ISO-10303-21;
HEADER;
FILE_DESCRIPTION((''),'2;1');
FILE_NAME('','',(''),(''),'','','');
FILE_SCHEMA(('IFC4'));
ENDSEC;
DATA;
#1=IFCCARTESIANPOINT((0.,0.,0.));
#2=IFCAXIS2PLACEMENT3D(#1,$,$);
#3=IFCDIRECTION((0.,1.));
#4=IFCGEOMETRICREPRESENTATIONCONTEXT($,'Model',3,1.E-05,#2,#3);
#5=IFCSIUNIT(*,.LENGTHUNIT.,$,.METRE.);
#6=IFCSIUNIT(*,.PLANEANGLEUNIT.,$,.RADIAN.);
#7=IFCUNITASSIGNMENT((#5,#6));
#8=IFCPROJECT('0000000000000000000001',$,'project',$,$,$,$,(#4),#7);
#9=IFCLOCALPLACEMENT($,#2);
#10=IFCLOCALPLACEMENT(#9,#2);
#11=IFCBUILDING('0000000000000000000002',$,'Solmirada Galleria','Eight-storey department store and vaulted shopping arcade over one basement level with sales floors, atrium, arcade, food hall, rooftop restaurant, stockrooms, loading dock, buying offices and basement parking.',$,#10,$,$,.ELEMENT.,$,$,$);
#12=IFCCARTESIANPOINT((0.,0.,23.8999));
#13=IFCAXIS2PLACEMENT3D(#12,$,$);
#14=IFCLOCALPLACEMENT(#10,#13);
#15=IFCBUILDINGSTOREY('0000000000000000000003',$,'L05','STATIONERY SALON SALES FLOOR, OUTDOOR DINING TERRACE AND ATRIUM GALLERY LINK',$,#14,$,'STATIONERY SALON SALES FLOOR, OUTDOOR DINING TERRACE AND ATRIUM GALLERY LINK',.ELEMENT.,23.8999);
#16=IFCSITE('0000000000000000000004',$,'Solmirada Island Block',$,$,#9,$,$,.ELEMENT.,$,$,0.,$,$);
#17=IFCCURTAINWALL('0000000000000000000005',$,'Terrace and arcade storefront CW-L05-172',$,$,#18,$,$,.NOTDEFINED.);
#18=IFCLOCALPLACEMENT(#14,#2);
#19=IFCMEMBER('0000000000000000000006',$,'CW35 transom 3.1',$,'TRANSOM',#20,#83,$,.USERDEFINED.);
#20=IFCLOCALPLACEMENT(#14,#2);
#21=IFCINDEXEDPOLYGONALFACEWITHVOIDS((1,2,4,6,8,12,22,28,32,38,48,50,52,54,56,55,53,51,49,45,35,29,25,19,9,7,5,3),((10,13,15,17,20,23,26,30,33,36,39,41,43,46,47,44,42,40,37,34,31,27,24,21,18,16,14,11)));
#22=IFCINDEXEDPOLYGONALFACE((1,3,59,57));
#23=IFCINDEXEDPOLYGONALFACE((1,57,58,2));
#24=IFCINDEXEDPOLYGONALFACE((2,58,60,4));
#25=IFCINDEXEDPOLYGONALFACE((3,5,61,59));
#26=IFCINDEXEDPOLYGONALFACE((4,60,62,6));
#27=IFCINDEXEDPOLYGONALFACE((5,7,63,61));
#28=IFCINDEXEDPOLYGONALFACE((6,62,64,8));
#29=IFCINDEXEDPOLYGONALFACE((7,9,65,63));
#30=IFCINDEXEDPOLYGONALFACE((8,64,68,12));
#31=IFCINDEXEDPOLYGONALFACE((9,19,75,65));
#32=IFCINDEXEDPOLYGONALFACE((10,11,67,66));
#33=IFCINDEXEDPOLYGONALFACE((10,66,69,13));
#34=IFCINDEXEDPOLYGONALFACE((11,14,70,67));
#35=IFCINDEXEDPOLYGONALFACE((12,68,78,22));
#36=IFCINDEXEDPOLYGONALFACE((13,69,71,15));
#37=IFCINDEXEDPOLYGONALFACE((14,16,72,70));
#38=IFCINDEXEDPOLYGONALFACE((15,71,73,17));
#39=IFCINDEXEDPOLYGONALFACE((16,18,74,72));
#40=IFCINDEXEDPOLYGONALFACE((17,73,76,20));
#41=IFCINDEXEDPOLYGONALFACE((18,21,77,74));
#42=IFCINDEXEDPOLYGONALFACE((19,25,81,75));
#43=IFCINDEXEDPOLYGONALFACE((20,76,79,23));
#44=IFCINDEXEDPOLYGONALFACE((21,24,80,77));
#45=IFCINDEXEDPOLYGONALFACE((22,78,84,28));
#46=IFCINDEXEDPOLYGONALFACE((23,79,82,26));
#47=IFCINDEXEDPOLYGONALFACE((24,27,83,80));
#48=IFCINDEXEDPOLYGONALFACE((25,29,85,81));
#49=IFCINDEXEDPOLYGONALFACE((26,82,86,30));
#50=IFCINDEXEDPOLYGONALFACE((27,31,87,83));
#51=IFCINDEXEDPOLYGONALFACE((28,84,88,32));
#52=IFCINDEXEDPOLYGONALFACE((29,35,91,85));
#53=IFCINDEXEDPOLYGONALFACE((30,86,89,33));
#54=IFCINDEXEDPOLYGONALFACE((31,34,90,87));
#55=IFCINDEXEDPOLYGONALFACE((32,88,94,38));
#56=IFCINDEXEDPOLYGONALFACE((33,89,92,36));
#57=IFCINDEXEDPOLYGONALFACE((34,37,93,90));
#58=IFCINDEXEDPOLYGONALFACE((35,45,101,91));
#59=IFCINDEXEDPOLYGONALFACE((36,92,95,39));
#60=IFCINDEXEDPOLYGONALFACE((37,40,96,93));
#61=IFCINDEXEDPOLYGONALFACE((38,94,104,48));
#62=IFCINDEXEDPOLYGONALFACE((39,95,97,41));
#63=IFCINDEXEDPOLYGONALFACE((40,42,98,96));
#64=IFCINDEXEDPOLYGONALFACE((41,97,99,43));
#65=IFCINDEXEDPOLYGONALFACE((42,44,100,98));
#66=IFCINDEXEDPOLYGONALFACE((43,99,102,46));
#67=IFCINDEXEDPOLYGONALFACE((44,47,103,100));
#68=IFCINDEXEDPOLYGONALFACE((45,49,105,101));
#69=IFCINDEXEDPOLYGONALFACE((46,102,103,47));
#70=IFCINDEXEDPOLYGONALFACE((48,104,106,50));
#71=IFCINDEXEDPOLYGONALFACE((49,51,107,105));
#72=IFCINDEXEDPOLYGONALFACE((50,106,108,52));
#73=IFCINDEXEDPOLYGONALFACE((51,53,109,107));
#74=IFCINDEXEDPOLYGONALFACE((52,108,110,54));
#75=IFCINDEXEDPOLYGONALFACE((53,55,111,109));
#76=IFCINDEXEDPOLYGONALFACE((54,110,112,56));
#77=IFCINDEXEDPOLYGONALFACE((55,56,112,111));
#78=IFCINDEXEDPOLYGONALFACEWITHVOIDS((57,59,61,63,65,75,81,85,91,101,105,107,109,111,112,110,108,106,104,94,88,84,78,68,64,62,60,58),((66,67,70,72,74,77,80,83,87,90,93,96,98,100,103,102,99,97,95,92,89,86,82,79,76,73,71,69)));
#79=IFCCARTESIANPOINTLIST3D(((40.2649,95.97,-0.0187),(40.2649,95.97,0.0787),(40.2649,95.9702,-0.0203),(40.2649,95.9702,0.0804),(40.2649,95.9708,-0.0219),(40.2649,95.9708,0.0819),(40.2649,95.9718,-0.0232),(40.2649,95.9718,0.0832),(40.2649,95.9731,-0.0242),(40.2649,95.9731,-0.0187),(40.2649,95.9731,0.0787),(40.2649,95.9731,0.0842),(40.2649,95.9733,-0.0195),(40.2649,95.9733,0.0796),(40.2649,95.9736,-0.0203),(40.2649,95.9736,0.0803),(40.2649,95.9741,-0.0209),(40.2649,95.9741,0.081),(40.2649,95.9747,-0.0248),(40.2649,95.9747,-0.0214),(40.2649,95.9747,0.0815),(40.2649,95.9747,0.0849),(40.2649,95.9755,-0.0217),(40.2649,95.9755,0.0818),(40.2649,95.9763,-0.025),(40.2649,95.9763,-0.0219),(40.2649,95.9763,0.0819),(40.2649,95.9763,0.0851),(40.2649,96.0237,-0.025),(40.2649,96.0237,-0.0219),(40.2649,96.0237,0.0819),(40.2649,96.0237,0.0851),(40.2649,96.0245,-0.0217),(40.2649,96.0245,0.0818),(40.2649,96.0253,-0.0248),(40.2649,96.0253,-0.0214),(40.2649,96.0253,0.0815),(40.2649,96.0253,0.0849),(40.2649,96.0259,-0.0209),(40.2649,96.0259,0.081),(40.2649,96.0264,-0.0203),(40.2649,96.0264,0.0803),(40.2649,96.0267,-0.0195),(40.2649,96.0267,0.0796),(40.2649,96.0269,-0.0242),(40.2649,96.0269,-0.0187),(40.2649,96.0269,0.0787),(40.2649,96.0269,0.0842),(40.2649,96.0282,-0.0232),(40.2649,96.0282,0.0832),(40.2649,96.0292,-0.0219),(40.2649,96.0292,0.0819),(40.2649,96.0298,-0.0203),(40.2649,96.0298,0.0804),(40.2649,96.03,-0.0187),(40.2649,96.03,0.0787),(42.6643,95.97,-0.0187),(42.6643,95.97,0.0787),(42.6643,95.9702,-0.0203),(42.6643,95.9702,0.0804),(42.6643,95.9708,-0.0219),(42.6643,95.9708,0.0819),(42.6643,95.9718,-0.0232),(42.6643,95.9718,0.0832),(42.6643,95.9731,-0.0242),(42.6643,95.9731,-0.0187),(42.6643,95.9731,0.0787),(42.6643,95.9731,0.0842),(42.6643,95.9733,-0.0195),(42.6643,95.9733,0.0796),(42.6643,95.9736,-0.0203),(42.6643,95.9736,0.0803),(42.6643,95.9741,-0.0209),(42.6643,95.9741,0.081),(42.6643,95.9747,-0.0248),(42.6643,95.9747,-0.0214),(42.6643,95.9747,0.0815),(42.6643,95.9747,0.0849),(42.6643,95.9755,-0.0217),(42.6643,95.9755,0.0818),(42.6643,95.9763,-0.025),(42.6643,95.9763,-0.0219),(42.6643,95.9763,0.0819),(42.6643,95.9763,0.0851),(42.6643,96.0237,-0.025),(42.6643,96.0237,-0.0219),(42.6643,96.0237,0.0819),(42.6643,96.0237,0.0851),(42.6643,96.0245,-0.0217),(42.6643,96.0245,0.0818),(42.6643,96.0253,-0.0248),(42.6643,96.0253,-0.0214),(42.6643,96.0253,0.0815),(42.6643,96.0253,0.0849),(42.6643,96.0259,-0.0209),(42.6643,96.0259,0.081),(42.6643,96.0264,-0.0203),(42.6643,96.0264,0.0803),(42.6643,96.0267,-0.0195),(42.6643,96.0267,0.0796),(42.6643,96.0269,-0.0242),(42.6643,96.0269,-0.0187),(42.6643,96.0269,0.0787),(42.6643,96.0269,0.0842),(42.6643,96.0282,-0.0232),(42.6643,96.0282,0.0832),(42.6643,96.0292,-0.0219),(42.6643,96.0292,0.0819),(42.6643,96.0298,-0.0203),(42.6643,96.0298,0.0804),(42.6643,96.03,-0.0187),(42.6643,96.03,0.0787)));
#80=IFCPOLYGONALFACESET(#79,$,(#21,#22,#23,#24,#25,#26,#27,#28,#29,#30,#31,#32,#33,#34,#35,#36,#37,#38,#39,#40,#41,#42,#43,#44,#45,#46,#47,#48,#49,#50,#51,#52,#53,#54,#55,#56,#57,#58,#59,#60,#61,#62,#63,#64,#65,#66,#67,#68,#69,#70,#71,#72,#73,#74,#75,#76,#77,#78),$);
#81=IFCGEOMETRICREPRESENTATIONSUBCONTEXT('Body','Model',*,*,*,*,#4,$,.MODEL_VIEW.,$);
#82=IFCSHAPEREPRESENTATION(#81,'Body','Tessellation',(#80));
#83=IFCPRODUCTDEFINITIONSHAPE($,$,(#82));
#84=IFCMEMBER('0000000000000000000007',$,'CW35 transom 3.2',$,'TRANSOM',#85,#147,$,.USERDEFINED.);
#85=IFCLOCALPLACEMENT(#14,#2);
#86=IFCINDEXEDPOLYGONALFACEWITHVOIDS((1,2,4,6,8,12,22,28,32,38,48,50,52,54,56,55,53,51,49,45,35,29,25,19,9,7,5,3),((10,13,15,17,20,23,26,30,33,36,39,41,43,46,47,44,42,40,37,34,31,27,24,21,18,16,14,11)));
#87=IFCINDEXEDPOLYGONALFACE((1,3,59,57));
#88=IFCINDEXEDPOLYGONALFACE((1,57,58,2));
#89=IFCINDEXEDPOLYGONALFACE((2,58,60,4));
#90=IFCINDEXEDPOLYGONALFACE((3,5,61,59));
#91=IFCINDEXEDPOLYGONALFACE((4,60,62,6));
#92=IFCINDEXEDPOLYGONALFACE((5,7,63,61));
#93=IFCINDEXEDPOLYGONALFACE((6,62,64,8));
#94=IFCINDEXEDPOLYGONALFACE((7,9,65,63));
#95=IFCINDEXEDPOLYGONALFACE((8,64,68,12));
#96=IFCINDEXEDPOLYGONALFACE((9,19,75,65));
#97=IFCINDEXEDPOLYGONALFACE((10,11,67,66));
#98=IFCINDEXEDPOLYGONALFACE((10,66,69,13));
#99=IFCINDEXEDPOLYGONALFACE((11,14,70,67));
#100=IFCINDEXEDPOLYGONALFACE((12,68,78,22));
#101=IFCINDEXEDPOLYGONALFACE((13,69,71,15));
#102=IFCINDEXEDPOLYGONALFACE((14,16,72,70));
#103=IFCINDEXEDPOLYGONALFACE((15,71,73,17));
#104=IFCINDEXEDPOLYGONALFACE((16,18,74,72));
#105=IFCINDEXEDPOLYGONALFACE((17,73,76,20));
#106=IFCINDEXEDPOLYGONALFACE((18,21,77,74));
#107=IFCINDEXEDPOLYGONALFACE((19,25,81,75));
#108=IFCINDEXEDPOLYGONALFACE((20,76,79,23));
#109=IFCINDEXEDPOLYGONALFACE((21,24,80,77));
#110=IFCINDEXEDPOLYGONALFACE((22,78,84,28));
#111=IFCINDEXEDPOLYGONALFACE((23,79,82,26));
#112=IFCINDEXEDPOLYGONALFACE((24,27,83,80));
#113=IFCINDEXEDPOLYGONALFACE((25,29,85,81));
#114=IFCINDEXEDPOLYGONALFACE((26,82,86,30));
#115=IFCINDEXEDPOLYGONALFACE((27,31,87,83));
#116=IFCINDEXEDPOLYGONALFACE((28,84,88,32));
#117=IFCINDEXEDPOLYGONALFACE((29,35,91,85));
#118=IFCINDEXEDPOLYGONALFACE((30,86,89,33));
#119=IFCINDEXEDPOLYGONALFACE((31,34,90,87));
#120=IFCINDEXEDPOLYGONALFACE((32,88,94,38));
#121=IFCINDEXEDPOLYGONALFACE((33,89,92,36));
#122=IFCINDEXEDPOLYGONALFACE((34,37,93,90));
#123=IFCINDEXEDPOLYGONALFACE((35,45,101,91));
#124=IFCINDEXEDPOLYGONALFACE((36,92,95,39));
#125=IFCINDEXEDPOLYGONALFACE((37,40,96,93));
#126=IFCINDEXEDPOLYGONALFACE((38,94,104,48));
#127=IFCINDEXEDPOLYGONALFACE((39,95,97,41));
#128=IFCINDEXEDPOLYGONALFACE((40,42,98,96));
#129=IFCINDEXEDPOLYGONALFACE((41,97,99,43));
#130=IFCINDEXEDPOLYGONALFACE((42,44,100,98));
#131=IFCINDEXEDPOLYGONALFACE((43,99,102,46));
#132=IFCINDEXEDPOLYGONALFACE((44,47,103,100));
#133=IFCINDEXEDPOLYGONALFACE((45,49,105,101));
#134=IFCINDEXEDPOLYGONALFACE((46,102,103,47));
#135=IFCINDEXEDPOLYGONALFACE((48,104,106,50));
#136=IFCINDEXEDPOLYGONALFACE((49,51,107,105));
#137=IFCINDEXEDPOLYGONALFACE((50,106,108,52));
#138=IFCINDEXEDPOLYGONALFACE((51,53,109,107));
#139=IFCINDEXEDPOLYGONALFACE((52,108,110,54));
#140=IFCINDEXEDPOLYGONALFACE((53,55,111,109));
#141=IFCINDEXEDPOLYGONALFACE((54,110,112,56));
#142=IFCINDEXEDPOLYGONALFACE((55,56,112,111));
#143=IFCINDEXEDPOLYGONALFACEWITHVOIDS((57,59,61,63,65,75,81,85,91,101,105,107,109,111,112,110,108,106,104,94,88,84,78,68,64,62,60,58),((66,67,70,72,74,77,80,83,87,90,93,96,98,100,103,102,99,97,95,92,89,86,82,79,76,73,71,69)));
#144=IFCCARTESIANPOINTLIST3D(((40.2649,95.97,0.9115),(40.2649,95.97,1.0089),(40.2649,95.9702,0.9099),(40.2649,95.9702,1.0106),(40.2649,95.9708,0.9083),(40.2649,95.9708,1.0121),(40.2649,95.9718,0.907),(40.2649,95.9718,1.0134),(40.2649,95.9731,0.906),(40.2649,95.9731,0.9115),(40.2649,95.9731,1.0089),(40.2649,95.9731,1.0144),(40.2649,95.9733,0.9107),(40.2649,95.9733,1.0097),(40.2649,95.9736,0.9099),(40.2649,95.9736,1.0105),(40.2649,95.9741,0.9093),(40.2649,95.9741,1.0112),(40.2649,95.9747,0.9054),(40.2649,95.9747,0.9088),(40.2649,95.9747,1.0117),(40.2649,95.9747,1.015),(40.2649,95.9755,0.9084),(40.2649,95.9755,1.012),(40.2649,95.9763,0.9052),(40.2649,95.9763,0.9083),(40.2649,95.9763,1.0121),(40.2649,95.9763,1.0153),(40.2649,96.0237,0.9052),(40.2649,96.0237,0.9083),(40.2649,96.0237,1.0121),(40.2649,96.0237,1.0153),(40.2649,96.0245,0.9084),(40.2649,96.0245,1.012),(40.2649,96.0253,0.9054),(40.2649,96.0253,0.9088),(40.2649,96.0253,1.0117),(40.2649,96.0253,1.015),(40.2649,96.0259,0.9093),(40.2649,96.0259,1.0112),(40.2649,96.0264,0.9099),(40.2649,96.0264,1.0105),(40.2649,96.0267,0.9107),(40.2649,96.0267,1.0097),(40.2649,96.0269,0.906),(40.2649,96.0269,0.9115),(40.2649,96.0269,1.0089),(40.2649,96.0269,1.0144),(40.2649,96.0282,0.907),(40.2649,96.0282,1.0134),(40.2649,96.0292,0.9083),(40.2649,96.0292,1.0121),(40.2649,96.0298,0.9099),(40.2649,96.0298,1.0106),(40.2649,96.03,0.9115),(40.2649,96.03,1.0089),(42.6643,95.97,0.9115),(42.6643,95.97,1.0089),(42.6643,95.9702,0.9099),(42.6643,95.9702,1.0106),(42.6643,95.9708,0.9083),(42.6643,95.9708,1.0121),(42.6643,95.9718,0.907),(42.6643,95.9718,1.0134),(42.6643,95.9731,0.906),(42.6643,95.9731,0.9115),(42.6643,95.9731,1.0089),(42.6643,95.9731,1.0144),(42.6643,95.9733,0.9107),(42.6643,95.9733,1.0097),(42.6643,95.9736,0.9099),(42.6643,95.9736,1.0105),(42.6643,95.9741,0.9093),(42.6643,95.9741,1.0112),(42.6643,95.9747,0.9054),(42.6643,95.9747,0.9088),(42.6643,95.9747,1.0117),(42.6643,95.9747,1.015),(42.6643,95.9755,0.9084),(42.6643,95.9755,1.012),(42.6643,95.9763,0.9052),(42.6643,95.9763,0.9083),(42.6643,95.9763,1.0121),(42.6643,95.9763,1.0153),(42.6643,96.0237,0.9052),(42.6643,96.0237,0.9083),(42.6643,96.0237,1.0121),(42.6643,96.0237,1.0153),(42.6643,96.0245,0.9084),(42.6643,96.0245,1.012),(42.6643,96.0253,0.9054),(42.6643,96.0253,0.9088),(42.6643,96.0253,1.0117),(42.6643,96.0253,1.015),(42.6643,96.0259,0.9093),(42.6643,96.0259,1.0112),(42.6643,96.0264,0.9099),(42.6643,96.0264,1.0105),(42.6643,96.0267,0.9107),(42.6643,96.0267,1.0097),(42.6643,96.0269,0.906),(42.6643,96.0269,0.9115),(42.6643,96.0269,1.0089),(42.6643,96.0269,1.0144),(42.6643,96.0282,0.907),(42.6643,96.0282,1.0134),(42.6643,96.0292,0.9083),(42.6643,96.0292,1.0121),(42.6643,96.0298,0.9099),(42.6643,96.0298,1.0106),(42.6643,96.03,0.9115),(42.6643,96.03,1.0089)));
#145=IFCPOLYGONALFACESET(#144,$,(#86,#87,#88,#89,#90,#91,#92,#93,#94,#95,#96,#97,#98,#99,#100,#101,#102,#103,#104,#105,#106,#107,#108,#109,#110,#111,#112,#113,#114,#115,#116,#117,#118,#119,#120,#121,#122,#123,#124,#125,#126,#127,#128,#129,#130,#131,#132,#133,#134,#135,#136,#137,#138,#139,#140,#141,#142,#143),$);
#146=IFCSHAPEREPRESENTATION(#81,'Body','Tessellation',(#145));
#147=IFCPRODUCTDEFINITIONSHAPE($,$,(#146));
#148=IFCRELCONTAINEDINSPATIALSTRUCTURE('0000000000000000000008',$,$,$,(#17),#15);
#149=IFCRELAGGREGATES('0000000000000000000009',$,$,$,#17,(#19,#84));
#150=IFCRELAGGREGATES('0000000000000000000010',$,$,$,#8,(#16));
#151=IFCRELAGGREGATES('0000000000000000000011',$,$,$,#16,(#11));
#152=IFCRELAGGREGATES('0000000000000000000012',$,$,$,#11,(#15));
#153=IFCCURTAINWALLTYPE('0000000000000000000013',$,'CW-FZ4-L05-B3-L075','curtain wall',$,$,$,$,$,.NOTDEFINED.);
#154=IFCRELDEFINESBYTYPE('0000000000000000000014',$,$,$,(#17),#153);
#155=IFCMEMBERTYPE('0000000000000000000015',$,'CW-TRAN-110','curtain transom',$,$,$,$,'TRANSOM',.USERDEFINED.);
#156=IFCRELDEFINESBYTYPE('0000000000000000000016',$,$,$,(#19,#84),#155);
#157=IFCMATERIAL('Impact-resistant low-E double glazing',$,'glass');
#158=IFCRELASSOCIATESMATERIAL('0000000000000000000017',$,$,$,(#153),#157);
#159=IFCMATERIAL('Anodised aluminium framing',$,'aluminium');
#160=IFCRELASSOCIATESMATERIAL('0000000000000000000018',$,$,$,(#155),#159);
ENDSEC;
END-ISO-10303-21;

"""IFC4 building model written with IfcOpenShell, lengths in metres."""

from ifc_helpers import new_model, si_unit, direction, frame, origin, origin_2d, place, context, subcontext, project, spatial, hollow_rectangle, extrude, material, material_profile, profile_set, type_object, element, aggregate, save


model = new_model("IFC4")

# Units and contexts
model_context = context("Model", 3, precision=1e-05, world=origin(), true_north=direction((0.0, 1.0)))
body_context = subcontext(model_context, "Body", "Model", "MODEL_VIEW")
ifc_project = project(units=[si_unit("LENGTHUNIT", "METRE"), si_unit("PLANEANGLEUNIT", "RADIAN")], contexts=[model_context])

# Site, building, storey
site_placement = place(None, origin())
site = spatial("IfcSite", under=ifc_project, at=site_placement, Name="Solmirada Island Block", CompositionType="ELEMENT", RefElevation=0.0)
building_placement = place(site_placement, origin())
building = spatial("IfcBuilding", under=site, at=building_placement, Name="Solmirada Galleria", Description="Eight-storey department store and vaulted shopping arcade over one basement level with sales floors, atrium, arcade, food hall, rooftop restaurant, stockrooms, loading dock, buying offices and basement parking.", CompositionType="ELEMENT")
storey_placement = place(building_placement, frame((0.0, 0.0, 23.8999)))
storey = spatial("IfcBuildingStorey", under=building, at=storey_placement, Name="L05", Description="STATIONERY SALON SALES FLOOR, OUTDOOR DINING TERRACE AND ATRIUM GALLERY LINK", LongName="STATIONERY SALON SALES FLOOR, OUTDOOR DINING TERRACE AND ATRIUM GALLERY LINK", CompositionType="ELEMENT", Elevation=23.8999)

# Curtain wall, members
ifc_material_1 = material(Name="Impact-resistant low-E double glazing", Category="glass")
curtain_wall_type = type_object("IfcCurtainWallType", Name="CW-FZ4-L05-B3-L075", Description="curtain wall", PredefinedType="NOTDEFINED", material=ifc_material_1)
curtain_wall_placement = place(storey_placement, origin())
curtain_wall = element("IfcCurtainWall", 1, at=curtain_wall_placement, inside=storey, type_object=curtain_wall_type, Name="Terrace and arcade storefront CW-L05-172", PredefinedType="NOTDEFINED")
ifc_material_2 = material(Name="Anodised aluminium framing", Category="aluminium")
ifc_material_profile_1 = material_profile(ifc_material_2, hollow_rectangle(XDim=0.0601, YDim=0.1101, WallThickness=0.0032, InnerFilletRadius=0.0032, OuterFilletRadius=0.0063, at=origin_2d()), Name="ALU-TRAN-110X60")
ifc_profile_set_1 = profile_set([ifc_material_profile_1], Name="Anodised aluminium framing")
member_type_1 = type_object("IfcMemberType", Name="CW-TRAN-110", Description="curtain transom", ElementType="TRANSOM", PredefinedType="USERDEFINED", material=ifc_profile_set_1)
member_1_placement = place(storey_placement, frame((42.6643, 96.0, 0.03), z_axis=(-1.0, 0.0, 0.0), x_axis=(0.0, -1.0, 0.0)))
member_1 = element("IfcMember", 2, at=member_1_placement, type_object=member_type_1, Name="CW35 transom 3.1", ObjectType="TRANSOM", PredefinedType="USERDEFINED", context=body_context, shape_type="SweptSolid", body=[
    extrude(hollow_rectangle(XDim=0.0601, YDim=0.1101, WallThickness=0.0032, InnerFilletRadius=0.0032, OuterFilletRadius=0.0063, at=origin_2d()), origin(), (0.0, 0.0, 1.0), 2.3994),
])
member_2_placement = place(storey_placement, frame((42.6643, 96.0, 0.9602), z_axis=(-1.0, 0.0, 0.0), x_axis=(0.0, -1.0, 0.0)))
member_2 = element("IfcMember", 3, at=member_2_placement, type_object=member_type_1, Name="CW35 transom 3.2", ObjectType="TRANSOM", PredefinedType="USERDEFINED", context=body_context, shape_type="SweptSolid", body=[
    extrude(hollow_rectangle(XDim=0.0601, YDim=0.1101, WallThickness=0.0032, InnerFilletRadius=0.0032, OuterFilletRadius=0.0063, at=origin_2d()), origin(), (0.0, 0.0, 1.0), 2.3994),
])

aggregate(curtain_wall, [member_1, member_2])

save(model, "model.ifc")
